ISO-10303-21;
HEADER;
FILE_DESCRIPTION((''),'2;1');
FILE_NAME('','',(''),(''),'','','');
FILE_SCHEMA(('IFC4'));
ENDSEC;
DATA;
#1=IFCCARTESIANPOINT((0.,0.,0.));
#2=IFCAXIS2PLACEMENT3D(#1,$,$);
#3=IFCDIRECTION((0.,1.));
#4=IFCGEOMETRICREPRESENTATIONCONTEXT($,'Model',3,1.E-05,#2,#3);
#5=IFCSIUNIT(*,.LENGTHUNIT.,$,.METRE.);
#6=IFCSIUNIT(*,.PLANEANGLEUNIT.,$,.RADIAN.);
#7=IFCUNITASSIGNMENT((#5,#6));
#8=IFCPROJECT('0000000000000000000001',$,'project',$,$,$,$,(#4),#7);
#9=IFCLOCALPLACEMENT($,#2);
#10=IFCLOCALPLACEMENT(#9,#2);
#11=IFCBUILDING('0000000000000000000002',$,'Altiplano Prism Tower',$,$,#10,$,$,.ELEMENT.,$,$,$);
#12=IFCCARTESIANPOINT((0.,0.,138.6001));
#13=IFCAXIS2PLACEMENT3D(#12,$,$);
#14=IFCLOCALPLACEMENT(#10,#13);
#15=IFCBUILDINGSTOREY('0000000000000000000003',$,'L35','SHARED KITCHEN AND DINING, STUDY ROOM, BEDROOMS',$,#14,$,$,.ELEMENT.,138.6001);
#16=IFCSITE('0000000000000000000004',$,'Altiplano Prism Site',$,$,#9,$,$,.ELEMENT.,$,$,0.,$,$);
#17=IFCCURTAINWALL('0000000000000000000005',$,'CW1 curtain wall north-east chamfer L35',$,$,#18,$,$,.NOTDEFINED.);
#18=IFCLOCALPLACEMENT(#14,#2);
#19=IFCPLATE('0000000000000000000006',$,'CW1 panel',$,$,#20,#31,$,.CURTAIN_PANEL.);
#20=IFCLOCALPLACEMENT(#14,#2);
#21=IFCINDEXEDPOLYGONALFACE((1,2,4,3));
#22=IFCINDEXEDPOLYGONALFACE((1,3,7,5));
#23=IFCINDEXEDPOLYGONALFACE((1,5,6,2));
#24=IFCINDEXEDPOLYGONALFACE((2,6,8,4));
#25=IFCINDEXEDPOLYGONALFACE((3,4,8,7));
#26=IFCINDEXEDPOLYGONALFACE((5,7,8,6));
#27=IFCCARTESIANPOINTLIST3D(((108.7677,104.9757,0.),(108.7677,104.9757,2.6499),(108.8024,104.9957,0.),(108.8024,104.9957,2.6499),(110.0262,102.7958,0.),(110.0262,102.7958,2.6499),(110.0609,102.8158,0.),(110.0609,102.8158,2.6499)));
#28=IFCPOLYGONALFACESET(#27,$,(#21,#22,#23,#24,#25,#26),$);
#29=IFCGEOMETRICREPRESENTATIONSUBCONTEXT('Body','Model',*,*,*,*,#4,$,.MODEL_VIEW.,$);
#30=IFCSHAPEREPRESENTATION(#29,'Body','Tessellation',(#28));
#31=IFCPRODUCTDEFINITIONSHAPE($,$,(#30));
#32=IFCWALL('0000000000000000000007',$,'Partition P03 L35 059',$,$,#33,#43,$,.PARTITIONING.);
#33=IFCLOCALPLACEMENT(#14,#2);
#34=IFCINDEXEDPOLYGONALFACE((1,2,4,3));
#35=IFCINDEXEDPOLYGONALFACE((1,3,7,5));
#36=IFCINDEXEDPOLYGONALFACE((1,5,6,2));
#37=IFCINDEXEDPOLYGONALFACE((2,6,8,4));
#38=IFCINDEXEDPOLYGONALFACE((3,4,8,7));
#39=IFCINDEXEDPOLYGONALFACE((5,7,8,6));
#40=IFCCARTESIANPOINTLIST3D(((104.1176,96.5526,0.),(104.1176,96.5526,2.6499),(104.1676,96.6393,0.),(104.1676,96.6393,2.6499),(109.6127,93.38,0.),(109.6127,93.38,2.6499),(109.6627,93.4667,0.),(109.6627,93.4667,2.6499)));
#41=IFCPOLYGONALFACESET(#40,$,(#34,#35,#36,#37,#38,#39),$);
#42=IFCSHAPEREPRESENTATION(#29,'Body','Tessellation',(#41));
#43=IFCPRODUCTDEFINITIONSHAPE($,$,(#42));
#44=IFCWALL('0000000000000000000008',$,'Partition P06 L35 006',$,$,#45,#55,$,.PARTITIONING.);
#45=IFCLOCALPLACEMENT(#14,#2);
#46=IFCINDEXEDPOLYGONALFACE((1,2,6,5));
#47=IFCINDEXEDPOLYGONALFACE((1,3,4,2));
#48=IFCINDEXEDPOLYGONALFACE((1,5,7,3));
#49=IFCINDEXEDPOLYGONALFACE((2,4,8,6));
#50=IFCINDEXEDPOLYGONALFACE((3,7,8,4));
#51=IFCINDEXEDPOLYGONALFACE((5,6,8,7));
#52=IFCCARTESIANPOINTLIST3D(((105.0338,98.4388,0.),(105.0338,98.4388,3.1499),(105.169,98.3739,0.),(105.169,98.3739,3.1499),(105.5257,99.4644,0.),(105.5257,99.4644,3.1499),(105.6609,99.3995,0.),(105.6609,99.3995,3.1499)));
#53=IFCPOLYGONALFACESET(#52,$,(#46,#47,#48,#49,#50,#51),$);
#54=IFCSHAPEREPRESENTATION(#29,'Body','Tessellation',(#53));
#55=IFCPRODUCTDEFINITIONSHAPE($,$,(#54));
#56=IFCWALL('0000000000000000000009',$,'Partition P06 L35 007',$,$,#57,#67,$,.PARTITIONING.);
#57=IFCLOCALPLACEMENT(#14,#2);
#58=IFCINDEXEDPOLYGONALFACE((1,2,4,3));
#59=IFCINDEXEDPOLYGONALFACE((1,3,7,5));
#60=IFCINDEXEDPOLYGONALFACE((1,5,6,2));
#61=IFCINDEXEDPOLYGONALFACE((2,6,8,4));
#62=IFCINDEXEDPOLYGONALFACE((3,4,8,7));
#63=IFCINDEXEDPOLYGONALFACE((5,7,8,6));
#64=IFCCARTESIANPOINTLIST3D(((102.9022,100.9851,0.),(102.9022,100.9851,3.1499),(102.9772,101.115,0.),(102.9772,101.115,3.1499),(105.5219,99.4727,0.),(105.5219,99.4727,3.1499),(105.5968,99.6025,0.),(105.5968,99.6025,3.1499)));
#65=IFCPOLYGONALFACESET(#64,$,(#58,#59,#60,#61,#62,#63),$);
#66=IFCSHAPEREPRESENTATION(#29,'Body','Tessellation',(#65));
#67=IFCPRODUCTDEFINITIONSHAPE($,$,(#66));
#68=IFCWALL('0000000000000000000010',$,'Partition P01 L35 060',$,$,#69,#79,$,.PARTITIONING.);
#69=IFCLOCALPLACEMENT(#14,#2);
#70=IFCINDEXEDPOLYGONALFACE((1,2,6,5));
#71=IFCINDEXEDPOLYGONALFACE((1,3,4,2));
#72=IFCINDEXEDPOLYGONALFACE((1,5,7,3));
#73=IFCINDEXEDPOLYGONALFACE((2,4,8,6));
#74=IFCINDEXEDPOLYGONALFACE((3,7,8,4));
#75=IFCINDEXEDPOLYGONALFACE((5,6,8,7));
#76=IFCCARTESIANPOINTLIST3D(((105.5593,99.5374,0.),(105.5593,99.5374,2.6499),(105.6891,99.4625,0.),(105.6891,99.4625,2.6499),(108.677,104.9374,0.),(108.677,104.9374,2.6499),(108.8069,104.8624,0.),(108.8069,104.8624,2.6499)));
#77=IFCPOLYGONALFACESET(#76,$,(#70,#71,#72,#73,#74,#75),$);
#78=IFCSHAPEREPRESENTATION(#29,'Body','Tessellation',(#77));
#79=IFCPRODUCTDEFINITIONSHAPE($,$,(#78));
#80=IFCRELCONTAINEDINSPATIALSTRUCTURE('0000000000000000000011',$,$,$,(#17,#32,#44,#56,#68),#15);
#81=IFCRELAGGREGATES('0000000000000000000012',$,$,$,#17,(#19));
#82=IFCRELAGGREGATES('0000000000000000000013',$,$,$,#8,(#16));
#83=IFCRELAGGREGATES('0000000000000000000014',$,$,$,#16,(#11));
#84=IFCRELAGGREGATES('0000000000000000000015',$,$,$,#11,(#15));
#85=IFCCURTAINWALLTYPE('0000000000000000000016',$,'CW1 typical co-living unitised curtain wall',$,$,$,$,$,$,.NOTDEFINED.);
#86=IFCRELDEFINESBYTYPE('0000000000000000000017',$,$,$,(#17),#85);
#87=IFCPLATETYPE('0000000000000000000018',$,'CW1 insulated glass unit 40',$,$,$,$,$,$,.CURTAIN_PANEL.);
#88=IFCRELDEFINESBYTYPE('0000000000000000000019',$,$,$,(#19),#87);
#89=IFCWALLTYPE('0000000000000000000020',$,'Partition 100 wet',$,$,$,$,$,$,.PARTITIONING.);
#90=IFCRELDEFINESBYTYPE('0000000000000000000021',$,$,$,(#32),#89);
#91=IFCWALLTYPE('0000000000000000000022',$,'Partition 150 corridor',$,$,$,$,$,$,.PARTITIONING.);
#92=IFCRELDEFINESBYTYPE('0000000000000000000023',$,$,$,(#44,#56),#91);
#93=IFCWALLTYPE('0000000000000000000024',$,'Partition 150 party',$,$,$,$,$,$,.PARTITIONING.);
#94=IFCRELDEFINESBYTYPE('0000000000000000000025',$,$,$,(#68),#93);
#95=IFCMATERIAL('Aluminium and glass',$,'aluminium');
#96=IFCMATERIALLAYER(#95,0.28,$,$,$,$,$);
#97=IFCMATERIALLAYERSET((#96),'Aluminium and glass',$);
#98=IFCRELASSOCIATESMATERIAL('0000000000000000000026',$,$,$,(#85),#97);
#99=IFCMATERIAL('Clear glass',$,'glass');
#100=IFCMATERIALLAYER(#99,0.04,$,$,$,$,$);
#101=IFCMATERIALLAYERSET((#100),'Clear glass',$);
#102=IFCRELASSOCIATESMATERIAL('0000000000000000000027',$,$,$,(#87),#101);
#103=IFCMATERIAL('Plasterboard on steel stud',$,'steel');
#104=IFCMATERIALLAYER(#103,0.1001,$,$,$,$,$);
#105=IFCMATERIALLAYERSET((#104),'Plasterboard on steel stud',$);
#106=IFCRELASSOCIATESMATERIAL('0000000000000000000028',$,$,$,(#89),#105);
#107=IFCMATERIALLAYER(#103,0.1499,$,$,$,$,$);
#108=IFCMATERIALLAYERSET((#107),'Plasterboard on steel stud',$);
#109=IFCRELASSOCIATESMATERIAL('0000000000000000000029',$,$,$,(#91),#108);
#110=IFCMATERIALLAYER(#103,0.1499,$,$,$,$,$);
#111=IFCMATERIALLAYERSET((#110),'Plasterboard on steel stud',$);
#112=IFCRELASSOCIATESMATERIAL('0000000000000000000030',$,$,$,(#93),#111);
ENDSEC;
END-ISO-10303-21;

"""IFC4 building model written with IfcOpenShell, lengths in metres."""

from ifc_helpers import new_model, si_unit, direction, frame, frame_2d, origin, origin_2d, place, context, subcontext, project, spatial, rectangle, extrude, material, layer, layer_set, type_object, element, aggregate, save


model = new_model("IFC4")

# Units and contexts
model_context = context("Model", 3, precision=1e-05, world=origin(), true_north=direction((0.0, 1.0)))
body_context = subcontext(model_context, "Body", "Model", "MODEL_VIEW")
ifc_project = project(units=[si_unit("LENGTHUNIT", "METRE"), si_unit("PLANEANGLEUNIT", "RADIAN")], contexts=[model_context])

# Site, building, storey
site_placement = place(None, origin())
site = spatial("IfcSite", under=ifc_project, at=site_placement, Name="Altiplano Prism Site", CompositionType="ELEMENT", RefElevation=0.0)
building_placement = place(site_placement, origin())
building = spatial("IfcBuilding", under=site, at=building_placement, Name="Altiplano Prism Tower", CompositionType="ELEMENT")
storey_placement = place(building_placement, frame((0.0, 0.0, 138.6001)))
storey = spatial("IfcBuildingStorey", under=building, at=storey_placement, Name="L35", Description="SHARED KITCHEN AND DINING, STUDY ROOM, BEDROOMS", CompositionType="ELEMENT", Elevation=138.6001)

# Curtain wall
ifc_material_1 = material(Name="Aluminium and glass", Category="aluminium")
ifc_layer_1 = layer(ifc_material_1, 0.28)
ifc_layer_set_1 = layer_set([ifc_layer_1], Name="Aluminium and glass")
curtain_wall_type = type_object("IfcCurtainWallType", Name="CW1 typical co-living unitised curtain wall", PredefinedType="NOTDEFINED", material=ifc_layer_set_1)
curtain_wall_1_placement = place(storey_placement, origin())
curtain_wall_1 = element("IfcCurtainWall", 1, at=curtain_wall_1_placement, inside=storey, type_object=curtain_wall_type, Name="CW1 curtain wall north-east chamfer L35", PredefinedType="NOTDEFINED")

# Plate
ifc_material_2 = material(Name="Clear glass", Category="glass")
ifc_layer_2 = layer(ifc_material_2, 0.04)
ifc_layer_set_2 = layer_set([ifc_layer_2], Name="Clear glass")
plate_type = type_object("IfcPlateType", Name="CW1 insulated glass unit 40", PredefinedType="CURTAIN_PANEL", material=ifc_layer_set_2)
plate_1_placement = place(storey_placement, frame((109.4143, 103.8958, 0.0), z_axis=(0.0, 0.0, 1.0), x_axis=(-0.5, 0.866025, 0.0)))
plate_1 = element("IfcPlate", 2, at=plate_1_placement, type_object=plate_type, Name="CW1 panel", PredefinedType="CURTAIN_PANEL", context=body_context, shape_type="SweptSolid", body=[
    extrude(rectangle(XDim=2.5171, YDim=0.04, at=origin_2d()), origin(), (0.0, 0.0, 1.0), 2.6499),
])
aggregate(curtain_wall_1, [plate_1])

# Walls
ifc_material_3 = material(Name="Plasterboard on steel stud", Category="steel")
ifc_layer_3 = layer(ifc_material_3, 0.1001)
ifc_layer_set_3 = layer_set([ifc_layer_3], Name="Plasterboard on steel stud")
wall_type_1 = type_object("IfcWallType", Name="Partition 100 wet", PredefinedType="PARTITIONING", material=ifc_layer_set_3)
wall_1_placement = place(storey_placement, frame((109.6377, 93.4233, 0.0), z_axis=(0.0, 0.0, 1.0), x_axis=(-0.866025, 0.5, 0.0)))
element("IfcWall", 3, at=wall_1_placement, inside=storey, type_object=wall_type_1, Name="Partition P03 L35 059", PredefinedType="PARTITIONING", context=body_context, shape_type="SweptSolid", body=[
    extrude(rectangle(XDim=6.3452, YDim=0.1001, at=frame_2d((3.1726, 0.0))), origin(), (0.0, 0.0, 1.0), 2.6499),
])
ifc_layer_4 = layer(ifc_material_3, 0.1499)
ifc_layer_set_4 = layer_set([ifc_layer_4], Name="Plasterboard on steel stud")
wall_type_2 = type_object("IfcWallType", Name="Partition 150 corridor", PredefinedType="PARTITIONING", material=ifc_layer_set_4)
wall_2_placement = place(storey_placement, frame((105.1013, 98.4062, 0.0), z_axis=(0.0, 0.0, 1.0), x_axis=(0.432473, 0.901647, 0.0)))
element("IfcWall", 4, at=wall_2_placement, inside=storey, type_object=wall_type_2, Name="Partition P06 L35 006", PredefinedType="PARTITIONING", context=body_context, shape_type="SweptSolid", body=[
    extrude(rectangle(XDim=1.1375, YDim=0.1499, at=frame_2d((0.5688, 0.0))), origin(), (0.0, 0.0, 1.0), 3.1499),
])
wall_3_placement = place(storey_placement, frame((105.5593, 99.5376, 0.0), z_axis=(0.0, 0.0, 1.0), x_axis=(-0.866024, 0.500002, 0.0)))
element("IfcWall", 5, at=wall_3_placement, inside=storey, type_object=wall_type_2, Name="Partition P06 L35 007", PredefinedType="PARTITIONING", context=body_context, shape_type="SweptSolid", body=[
    extrude(rectangle(XDim=3.0249, YDim=0.1499, at=frame_2d((1.5125, 0.0))), origin(), (0.0, 0.0, 1.0), 3.1499),
])
ifc_layer_5 = layer(ifc_material_3, 0.1499)
ifc_layer_set_5 = layer_set([ifc_layer_5], Name="Plasterboard on steel stud")
wall_type_3 = type_object("IfcWallType", Name="Partition 150 party", PredefinedType="PARTITIONING", material=ifc_layer_set_5)
wall_4_placement = place(storey_placement, frame((108.7419, 104.8999, 0.0), z_axis=(0.0, 0.0, 1.0), x_axis=(-0.500005, -0.866023, 0.0)))
element("IfcWall", 6, at=wall_4_placement, inside=storey, type_object=wall_type_3, Name="Partition P01 L35 060", PredefinedType="PARTITIONING", context=body_context, shape_type="SweptSolid", body=[
    extrude(rectangle(XDim=6.2354, YDim=0.1499, at=frame_2d((3.1177, 0.0))), origin(), (0.0, 0.0, 1.0), 2.6499),
])

save(model, "model.ifc")
